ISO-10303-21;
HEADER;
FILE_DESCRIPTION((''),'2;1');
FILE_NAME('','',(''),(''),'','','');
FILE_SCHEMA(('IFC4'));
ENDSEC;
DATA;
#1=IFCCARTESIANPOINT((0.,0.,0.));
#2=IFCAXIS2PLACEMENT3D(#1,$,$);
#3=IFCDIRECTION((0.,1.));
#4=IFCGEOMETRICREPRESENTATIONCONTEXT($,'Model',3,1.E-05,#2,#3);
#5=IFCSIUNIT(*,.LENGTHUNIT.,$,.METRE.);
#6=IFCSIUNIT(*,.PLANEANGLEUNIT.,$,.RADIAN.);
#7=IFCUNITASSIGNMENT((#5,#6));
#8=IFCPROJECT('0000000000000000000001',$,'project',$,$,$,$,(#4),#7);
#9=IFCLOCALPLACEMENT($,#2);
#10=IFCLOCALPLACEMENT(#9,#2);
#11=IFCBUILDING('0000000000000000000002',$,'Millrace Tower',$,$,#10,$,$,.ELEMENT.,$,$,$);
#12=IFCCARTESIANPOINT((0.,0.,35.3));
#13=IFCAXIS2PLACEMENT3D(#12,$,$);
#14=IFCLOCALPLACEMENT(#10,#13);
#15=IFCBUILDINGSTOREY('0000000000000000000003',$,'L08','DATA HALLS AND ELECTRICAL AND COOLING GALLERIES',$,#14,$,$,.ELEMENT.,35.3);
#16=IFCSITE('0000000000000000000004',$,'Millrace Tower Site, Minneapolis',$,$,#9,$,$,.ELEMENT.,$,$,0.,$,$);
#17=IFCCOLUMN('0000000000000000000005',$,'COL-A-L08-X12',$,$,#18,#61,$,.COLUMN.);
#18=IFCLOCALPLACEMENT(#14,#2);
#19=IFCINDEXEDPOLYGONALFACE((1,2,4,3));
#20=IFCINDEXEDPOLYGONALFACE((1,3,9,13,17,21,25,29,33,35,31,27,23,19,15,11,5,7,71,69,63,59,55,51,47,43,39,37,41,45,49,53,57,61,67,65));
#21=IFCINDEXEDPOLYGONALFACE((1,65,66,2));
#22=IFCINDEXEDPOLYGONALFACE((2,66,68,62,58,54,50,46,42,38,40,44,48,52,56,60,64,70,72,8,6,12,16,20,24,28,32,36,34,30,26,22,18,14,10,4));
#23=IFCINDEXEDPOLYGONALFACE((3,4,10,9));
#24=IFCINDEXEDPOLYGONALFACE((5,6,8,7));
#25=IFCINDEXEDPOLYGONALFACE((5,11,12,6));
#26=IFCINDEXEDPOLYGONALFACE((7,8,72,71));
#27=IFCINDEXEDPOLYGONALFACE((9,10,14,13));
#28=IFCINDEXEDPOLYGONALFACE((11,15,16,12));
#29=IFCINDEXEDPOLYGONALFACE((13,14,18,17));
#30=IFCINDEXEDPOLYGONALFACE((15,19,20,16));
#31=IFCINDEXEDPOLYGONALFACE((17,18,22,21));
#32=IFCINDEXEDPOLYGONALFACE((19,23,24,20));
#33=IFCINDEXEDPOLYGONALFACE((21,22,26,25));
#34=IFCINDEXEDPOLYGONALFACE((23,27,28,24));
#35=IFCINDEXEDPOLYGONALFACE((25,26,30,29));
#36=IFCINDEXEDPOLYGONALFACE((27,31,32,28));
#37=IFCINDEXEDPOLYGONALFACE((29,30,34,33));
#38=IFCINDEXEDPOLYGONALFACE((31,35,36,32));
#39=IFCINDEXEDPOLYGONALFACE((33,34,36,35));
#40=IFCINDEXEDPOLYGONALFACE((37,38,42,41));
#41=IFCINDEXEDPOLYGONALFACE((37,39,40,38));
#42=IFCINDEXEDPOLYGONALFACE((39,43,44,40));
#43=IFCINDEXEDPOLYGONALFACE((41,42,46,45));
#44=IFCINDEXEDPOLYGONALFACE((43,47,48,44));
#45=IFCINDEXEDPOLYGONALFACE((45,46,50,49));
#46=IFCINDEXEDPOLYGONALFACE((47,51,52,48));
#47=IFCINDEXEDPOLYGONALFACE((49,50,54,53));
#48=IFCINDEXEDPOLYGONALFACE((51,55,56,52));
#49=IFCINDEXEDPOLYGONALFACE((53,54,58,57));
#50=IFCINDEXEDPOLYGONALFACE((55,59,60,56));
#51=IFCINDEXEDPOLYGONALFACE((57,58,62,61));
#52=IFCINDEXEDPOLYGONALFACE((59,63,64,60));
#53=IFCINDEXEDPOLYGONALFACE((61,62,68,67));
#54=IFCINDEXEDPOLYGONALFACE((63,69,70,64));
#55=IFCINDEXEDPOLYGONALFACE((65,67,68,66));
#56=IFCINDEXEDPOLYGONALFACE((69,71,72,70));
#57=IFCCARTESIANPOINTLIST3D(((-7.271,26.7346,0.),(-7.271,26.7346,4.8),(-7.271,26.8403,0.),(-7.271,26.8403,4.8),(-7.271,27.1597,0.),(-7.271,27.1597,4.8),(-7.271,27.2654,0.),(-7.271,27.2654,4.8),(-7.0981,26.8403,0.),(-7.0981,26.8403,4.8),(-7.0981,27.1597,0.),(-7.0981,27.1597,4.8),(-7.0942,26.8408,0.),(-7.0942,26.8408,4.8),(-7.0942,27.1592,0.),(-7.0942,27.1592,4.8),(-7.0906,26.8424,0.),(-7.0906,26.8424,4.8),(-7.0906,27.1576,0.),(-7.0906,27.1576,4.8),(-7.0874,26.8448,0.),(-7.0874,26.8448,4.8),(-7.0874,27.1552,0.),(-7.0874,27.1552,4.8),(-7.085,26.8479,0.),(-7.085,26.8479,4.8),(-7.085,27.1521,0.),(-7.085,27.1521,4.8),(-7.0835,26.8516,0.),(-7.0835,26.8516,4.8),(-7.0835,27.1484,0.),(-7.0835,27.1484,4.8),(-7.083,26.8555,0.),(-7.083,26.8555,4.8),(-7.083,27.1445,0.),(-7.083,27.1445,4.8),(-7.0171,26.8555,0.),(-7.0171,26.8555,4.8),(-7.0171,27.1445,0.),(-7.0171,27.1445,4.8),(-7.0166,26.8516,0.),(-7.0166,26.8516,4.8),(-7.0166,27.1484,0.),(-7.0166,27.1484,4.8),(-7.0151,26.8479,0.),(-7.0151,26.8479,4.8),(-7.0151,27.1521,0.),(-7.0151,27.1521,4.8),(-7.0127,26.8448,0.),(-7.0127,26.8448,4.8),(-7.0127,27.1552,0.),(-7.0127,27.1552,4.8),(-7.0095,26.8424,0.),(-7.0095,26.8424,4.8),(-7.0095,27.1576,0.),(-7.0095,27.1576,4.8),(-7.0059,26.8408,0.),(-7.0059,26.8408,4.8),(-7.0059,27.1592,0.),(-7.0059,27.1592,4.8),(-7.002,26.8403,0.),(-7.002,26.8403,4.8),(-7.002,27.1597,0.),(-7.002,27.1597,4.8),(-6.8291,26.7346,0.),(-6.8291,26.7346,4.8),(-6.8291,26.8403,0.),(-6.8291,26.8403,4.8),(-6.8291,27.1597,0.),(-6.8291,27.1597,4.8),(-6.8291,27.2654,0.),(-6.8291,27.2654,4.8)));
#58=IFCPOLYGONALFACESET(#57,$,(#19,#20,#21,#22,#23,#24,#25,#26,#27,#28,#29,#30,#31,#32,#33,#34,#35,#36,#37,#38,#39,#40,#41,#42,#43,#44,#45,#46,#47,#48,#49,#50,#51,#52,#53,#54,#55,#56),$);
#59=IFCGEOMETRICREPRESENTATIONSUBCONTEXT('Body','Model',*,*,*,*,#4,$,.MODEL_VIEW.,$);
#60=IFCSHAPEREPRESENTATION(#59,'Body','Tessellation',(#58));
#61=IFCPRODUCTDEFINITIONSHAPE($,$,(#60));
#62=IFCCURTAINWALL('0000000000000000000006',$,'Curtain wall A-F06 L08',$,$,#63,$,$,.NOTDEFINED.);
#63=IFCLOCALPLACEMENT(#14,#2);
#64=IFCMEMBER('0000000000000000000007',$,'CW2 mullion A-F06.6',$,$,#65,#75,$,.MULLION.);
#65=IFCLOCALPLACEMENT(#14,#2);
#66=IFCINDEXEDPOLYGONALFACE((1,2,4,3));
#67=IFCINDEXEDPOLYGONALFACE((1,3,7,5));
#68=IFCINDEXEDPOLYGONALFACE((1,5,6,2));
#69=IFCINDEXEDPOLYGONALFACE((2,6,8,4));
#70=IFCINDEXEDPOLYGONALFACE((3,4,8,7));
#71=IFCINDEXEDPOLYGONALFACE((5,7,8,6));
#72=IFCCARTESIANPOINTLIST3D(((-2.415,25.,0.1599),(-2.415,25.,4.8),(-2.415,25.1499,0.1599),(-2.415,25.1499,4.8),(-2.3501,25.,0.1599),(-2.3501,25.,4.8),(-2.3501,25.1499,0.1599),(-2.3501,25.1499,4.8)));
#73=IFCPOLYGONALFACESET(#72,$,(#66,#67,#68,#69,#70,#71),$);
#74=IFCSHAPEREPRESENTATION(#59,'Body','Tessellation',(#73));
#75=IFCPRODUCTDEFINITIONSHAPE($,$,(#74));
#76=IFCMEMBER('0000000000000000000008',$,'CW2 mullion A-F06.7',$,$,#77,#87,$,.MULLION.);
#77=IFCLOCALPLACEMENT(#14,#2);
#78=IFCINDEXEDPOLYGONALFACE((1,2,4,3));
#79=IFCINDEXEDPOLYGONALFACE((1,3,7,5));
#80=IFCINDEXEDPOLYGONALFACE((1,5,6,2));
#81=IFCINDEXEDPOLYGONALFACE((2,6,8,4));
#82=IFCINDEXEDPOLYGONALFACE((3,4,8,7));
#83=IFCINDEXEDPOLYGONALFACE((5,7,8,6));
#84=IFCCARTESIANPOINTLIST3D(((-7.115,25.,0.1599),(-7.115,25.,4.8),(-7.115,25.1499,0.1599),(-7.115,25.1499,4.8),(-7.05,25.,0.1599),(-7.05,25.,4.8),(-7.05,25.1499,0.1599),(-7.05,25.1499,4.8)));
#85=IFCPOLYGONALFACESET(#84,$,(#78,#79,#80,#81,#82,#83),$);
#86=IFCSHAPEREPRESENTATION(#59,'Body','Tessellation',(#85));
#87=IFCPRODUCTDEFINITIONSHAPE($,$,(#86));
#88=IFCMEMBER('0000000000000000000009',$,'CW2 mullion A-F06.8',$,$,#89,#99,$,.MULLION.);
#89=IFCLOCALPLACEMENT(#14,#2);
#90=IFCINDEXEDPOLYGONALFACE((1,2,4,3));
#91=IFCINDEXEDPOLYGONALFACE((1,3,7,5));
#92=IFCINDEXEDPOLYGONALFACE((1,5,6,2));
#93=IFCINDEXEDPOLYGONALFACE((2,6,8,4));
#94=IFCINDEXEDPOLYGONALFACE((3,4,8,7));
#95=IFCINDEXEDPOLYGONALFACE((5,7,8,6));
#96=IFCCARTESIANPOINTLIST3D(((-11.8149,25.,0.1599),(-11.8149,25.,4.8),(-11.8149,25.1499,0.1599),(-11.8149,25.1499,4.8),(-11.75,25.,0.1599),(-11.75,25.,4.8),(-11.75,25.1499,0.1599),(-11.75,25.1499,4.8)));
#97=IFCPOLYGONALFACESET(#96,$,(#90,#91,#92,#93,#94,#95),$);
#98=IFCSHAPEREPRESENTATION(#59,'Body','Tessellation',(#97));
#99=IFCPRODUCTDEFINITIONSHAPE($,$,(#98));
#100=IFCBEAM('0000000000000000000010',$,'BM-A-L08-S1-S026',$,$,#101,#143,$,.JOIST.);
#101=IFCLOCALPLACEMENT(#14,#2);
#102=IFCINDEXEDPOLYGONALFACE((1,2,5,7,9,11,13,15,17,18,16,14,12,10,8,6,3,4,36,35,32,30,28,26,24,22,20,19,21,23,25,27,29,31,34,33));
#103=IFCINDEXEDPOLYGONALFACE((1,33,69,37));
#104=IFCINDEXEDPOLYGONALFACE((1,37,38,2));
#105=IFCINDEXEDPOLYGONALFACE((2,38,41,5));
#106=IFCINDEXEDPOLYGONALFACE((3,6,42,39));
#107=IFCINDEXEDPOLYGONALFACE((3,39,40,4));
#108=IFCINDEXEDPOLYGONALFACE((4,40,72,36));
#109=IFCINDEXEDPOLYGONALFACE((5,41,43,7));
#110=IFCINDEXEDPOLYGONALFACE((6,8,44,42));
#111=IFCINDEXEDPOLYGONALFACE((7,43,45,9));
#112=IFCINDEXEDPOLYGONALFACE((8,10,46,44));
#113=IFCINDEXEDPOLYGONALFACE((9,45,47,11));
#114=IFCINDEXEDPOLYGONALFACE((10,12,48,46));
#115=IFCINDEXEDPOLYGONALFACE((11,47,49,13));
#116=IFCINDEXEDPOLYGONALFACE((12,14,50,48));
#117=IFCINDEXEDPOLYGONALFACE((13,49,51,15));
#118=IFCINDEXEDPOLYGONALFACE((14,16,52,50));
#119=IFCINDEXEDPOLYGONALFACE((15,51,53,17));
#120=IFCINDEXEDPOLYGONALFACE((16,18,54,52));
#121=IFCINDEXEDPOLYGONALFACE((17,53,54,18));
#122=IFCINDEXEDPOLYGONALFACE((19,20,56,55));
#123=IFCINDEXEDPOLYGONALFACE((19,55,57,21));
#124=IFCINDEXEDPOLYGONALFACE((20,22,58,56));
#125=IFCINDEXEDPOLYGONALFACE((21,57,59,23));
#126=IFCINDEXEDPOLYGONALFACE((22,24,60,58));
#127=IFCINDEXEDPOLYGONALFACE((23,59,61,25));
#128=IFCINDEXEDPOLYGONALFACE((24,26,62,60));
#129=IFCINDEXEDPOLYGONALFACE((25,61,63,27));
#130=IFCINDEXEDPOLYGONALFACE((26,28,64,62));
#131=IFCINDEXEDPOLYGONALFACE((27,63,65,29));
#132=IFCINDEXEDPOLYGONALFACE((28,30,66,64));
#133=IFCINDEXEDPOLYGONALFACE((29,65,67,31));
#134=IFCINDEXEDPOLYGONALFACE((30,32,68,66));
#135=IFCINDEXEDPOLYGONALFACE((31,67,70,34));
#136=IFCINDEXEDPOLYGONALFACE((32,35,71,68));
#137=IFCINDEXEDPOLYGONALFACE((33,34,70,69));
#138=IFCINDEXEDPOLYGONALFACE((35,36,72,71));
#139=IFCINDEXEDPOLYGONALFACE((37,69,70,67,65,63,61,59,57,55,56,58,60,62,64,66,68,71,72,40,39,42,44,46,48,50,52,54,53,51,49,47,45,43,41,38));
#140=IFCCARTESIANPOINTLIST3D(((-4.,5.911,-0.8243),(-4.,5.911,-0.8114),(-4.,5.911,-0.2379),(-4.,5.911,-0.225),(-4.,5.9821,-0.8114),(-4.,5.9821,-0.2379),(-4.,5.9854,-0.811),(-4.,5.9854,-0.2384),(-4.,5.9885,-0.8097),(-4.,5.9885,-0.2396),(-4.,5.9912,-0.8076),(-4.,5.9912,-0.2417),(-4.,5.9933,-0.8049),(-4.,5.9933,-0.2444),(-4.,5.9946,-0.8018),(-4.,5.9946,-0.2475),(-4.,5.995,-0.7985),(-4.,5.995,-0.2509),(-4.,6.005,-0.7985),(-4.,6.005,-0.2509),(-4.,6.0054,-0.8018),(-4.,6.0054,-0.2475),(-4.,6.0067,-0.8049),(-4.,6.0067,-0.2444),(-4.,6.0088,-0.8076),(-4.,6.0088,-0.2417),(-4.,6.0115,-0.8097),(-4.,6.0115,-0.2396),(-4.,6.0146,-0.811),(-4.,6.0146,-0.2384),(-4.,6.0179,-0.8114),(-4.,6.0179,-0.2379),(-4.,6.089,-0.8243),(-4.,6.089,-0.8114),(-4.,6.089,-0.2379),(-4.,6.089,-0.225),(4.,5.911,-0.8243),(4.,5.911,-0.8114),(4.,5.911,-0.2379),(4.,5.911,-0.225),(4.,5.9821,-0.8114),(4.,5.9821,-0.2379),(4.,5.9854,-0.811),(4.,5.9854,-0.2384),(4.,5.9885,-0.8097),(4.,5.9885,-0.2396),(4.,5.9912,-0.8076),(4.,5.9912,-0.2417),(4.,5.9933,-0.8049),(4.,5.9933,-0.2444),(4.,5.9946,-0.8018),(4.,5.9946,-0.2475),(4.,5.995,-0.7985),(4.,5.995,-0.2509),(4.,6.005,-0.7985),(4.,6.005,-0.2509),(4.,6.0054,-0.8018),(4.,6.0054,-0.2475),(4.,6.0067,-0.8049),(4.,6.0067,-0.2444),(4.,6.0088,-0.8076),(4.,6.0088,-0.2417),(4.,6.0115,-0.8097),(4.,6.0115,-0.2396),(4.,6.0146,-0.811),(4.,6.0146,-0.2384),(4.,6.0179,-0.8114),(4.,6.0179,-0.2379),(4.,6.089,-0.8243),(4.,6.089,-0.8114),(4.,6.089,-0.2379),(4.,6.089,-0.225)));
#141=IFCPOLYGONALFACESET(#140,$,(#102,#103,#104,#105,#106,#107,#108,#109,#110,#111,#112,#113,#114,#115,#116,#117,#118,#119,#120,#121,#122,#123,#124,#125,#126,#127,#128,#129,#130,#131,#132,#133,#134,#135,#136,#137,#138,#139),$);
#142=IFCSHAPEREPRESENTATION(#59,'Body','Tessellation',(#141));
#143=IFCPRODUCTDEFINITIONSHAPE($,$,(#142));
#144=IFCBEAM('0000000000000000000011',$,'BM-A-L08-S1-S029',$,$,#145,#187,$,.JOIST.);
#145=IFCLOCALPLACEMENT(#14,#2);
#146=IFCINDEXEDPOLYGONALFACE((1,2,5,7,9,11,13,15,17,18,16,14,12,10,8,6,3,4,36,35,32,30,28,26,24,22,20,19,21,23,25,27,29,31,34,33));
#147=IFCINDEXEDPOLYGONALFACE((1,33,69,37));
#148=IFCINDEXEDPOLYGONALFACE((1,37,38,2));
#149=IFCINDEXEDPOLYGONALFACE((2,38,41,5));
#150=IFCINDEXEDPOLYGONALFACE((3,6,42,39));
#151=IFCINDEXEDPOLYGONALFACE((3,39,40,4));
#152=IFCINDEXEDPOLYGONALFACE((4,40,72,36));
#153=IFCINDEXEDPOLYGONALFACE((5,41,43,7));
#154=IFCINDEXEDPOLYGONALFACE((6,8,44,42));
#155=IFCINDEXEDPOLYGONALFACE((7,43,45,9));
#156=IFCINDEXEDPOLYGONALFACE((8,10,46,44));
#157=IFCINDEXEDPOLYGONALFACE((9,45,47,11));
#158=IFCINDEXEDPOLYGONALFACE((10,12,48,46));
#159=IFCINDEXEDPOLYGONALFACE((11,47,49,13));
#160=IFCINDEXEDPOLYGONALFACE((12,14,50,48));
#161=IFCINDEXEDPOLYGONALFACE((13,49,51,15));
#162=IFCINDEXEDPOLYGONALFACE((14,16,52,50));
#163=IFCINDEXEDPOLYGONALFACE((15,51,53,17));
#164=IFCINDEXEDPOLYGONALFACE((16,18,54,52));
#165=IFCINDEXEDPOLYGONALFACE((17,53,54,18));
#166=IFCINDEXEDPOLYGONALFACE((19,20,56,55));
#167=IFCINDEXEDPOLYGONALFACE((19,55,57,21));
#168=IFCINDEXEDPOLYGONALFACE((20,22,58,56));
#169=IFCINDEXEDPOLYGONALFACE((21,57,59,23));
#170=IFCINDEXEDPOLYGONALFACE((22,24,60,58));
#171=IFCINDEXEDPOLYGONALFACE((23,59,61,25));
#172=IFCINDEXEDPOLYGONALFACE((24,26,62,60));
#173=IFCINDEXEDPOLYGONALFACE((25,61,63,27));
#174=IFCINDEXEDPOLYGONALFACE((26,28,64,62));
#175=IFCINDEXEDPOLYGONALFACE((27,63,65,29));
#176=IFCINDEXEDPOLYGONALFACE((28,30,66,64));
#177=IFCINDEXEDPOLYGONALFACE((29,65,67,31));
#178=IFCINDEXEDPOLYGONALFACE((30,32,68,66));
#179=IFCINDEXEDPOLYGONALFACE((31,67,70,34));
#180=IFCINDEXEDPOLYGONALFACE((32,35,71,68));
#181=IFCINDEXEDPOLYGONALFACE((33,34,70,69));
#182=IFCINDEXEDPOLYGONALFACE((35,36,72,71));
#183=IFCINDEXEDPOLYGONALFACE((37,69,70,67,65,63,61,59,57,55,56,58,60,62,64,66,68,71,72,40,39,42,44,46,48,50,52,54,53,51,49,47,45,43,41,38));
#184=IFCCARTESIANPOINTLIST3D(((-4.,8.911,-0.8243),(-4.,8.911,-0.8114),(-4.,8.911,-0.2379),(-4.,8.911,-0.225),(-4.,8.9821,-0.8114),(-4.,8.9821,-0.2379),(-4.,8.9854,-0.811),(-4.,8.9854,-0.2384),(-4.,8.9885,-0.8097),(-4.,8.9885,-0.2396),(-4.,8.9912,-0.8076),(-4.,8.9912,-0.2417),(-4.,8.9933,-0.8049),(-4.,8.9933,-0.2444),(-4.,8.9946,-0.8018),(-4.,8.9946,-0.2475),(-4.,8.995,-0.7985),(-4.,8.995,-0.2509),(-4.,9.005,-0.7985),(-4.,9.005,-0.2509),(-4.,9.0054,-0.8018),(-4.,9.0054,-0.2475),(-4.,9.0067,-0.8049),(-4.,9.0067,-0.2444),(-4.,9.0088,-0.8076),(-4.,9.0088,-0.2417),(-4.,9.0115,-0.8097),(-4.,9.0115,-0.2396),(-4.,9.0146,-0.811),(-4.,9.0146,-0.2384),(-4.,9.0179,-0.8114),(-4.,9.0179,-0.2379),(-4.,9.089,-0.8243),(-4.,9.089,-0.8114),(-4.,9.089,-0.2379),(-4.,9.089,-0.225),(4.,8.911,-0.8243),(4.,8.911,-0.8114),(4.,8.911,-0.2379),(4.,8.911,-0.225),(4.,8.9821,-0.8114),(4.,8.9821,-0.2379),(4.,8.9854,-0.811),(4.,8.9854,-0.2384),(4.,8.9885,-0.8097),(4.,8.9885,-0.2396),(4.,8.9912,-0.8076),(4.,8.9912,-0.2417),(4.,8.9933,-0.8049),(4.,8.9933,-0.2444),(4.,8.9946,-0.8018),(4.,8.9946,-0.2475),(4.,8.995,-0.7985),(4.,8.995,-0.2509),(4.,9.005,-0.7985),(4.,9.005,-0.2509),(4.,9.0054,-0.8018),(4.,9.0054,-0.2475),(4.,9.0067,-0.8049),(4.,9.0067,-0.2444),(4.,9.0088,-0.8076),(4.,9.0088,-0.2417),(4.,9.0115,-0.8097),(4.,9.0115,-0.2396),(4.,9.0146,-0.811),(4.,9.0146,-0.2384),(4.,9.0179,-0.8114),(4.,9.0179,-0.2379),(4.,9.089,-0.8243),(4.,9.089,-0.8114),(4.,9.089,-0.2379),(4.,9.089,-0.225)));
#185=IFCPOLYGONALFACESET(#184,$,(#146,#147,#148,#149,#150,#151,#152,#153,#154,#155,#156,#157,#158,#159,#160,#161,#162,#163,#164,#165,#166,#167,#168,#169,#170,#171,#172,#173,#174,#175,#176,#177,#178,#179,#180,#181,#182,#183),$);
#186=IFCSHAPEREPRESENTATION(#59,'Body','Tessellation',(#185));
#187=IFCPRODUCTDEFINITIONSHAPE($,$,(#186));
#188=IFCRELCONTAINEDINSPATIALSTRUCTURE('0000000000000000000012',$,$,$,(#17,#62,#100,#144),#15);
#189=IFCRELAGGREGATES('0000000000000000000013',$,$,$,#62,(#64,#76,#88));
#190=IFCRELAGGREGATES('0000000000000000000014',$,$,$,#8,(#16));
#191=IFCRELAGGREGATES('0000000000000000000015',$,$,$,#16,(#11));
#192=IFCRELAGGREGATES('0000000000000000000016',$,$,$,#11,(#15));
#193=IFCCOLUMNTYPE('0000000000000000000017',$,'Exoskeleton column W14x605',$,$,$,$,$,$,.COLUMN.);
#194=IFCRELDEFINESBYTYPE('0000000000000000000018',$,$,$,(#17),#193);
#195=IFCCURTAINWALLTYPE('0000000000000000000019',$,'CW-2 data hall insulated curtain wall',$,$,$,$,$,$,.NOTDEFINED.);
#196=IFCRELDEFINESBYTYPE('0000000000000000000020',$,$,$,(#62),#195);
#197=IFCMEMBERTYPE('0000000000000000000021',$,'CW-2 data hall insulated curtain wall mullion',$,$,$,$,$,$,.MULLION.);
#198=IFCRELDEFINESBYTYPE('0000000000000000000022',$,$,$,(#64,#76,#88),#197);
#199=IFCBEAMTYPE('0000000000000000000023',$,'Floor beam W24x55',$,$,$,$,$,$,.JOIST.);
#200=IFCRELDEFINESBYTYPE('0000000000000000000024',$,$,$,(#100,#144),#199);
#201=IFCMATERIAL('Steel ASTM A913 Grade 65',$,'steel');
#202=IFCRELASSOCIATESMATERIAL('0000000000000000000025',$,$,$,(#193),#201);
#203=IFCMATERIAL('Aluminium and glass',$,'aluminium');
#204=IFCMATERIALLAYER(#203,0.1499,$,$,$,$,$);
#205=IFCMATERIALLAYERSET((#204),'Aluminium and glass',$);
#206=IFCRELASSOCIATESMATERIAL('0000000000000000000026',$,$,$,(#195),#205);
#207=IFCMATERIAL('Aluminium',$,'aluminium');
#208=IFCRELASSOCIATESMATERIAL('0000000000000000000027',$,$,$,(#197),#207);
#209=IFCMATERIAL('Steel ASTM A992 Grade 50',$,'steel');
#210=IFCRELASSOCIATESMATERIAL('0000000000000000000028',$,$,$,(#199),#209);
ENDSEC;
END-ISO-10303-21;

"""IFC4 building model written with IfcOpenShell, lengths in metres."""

from ifc_helpers import new_model, si_unit, direction, frame, origin, origin_2d, place, context, subcontext, project, spatial, rectangle, i_section, extrude, material, layer, layer_set, material_profile, profile_set, type_object, element, aggregate, save


model = new_model("IFC4")

# Units and contexts
model_context = context("Model", 3, precision=1e-05, world=origin(), true_north=direction((0.0, 1.0)))
body_context = subcontext(model_context, "Body", "Model", "MODEL_VIEW")
ifc_project = project(units=[si_unit("LENGTHUNIT", "METRE"), si_unit("PLANEANGLEUNIT", "RADIAN")], contexts=[model_context])

# Site, building, storey
site_placement = place(None, origin())
site = spatial("IfcSite", under=ifc_project, at=site_placement, Name="Millrace Tower Site, Minneapolis", CompositionType="ELEMENT", RefElevation=0.0)
building_placement = place(site_placement, origin())
building = spatial("IfcBuilding", under=site, at=building_placement, Name="Millrace Tower", CompositionType="ELEMENT")
storey_placement = place(building_placement, frame((0.0, 0.0, 35.3)))
storey = spatial("IfcBuildingStorey", under=building, at=storey_placement, Name="L08", Description="DATA HALLS AND ELECTRICAL AND COOLING GALLERIES", CompositionType="ELEMENT", Elevation=35.3)

# Column
ifc_material_1 = material(Name="Steel ASTM A913 Grade 65", Category="steel")
ifc_material_profile_1 = material_profile(ifc_material_1, i_section(OverallWidth=0.4419, OverallDepth=0.5308, WebThickness=0.0659, FlangeThickness=0.1057, FilletRadius=0.0151, at=origin_2d()))
ifc_profile_set_1 = profile_set([ifc_material_profile_1], Name="Steel ASTM A913 Grade 65")
column_type = type_object("IfcColumnType", Name="Exoskeleton column W14x605", PredefinedType="COLUMN", material=ifc_profile_set_1)
column_placement = place(storey_placement, frame((-7.05, 27.0, 0.0), z_axis=(0.0, 0.0, 1.0), x_axis=(-1.0, 0.0, 0.0)))
element("IfcColumn", 1, at=column_placement, inside=storey, type_object=column_type, Name="COL-A-L08-X12", PredefinedType="COLUMN", context=body_context, shape_type="SweptSolid", body=[
    extrude(i_section(OverallWidth=0.4419, OverallDepth=0.5308, WebThickness=0.0659, FlangeThickness=0.1057, FilletRadius=0.0151, at=origin_2d()), origin(), (0.0, 0.0, 1.0), 4.8),
])

# Curtain wall, members
ifc_material_2 = material(Name="Aluminium and glass", Category="aluminium")
ifc_layer_1 = layer(ifc_material_2, 0.1499)
ifc_layer_set_1 = layer_set([ifc_layer_1], Name="Aluminium and glass")
curtain_wall_type = type_object("IfcCurtainWallType", Name="CW-2 data hall insulated curtain wall", PredefinedType="NOTDEFINED", material=ifc_layer_set_1)
placement = place(storey_placement, origin())
curtain_wall = element("IfcCurtainWall", 2, at=placement, inside=storey, type_object=curtain_wall_type, Name="Curtain wall A-F06 L08", PredefinedType="NOTDEFINED")
ifc_material_3 = material(Name="Aluminium", Category="aluminium")
ifc_material_profile_2 = material_profile(ifc_material_3, rectangle(XDim=0.0649, YDim=0.1499, at=origin_2d()))
ifc_profile_set_2 = profile_set([ifc_material_profile_2], Name="Aluminium")
member_type = type_object("IfcMemberType", Name="CW-2 data hall insulated curtain wall mullion", PredefinedType="MULLION", material=ifc_profile_set_2)
member_1_placement = place(storey_placement, frame((-2.3826, 25.075, 0.1599), z_axis=(0.0, 0.0, 1.0), x_axis=(-1.0, 0.0, 0.0)))
member_1 = element("IfcMember", 3, at=member_1_placement, type_object=member_type, Name="CW2 mullion A-F06.6", PredefinedType="MULLION", context=body_context, shape_type="SweptSolid", body=[
    extrude(rectangle(XDim=0.0649, YDim=0.1499, at=origin_2d()), origin(), (0.0, 0.0, 1.0), 4.6401),
])
member_2_placement = place(storey_placement, frame((-7.0825, 25.075, 0.1599), z_axis=(0.0, 0.0, 1.0), x_axis=(-1.0, 0.0, 0.0)))
member_2 = element("IfcMember", 4, at=member_2_placement, type_object=member_type, Name="CW2 mullion A-F06.7", PredefinedType="MULLION", context=body_context, shape_type="SweptSolid", body=[
    extrude(rectangle(XDim=0.0649, YDim=0.1499, at=origin_2d()), origin(), (0.0, 0.0, 1.0), 4.6401),
])
member_3_placement = place(storey_placement, frame((-11.7825, 25.075, 0.1599), z_axis=(0.0, 0.0, 1.0), x_axis=(-1.0, 0.0, 0.0)))
member_3 = element("IfcMember", 5, at=member_3_placement, type_object=member_type, Name="CW2 mullion A-F06.8", PredefinedType="MULLION", context=body_context, shape_type="SweptSolid", body=[
    extrude(rectangle(XDim=0.0649, YDim=0.1499, at=origin_2d()), origin(), (0.0, 0.0, 1.0), 4.6401),
])
aggregate(curtain_wall, [member_1, member_2, member_3])

# Beams
ifc_material_4 = material(Name="Steel ASTM A992 Grade 50", Category="steel")
ifc_material_profile_3 = material_profile(ifc_material_4, i_section(OverallWidth=0.178, OverallDepth=0.5994, WebThickness=0.01, FlangeThickness=0.0129, FilletRadius=0.0129, at=origin_2d()))
ifc_profile_set_3 = profile_set([ifc_material_profile_3], Name="Steel ASTM A992 Grade 50")
beam_type_1 = type_object("IfcBeamType", Name="Floor beam W24x55", PredefinedType="JOIST", material=ifc_profile_set_3)
for number, where, z_axis, x_axis, name in (
    (6, (-4.0, 6.0, -0.5247), (1.0, 0.0, 0.0), (0.0, 1.0, 0.0), "BM-A-L08-S1-S026"),
    (7, (-4.0, 9.0, -0.5247), (1.0, 0.0, 0.0), (0.0, 1.0, 0.0), "BM-A-L08-S1-S029"),
):
    element("IfcBeam", number, at=place(storey_placement, frame(where, z_axis=z_axis, x_axis=x_axis)), inside=storey, type_object=beam_type_1, Name=name, PredefinedType="JOIST", context=body_context, shape_type="SweptSolid", body=[
        extrude(i_section(OverallWidth=0.178, OverallDepth=0.5994, WebThickness=0.01, FlangeThickness=0.0129, FilletRadius=0.0129, at=origin_2d()), origin(), (0.0, 0.0, 1.0), 8.0),
    ])

save(model, "model.ifc")
